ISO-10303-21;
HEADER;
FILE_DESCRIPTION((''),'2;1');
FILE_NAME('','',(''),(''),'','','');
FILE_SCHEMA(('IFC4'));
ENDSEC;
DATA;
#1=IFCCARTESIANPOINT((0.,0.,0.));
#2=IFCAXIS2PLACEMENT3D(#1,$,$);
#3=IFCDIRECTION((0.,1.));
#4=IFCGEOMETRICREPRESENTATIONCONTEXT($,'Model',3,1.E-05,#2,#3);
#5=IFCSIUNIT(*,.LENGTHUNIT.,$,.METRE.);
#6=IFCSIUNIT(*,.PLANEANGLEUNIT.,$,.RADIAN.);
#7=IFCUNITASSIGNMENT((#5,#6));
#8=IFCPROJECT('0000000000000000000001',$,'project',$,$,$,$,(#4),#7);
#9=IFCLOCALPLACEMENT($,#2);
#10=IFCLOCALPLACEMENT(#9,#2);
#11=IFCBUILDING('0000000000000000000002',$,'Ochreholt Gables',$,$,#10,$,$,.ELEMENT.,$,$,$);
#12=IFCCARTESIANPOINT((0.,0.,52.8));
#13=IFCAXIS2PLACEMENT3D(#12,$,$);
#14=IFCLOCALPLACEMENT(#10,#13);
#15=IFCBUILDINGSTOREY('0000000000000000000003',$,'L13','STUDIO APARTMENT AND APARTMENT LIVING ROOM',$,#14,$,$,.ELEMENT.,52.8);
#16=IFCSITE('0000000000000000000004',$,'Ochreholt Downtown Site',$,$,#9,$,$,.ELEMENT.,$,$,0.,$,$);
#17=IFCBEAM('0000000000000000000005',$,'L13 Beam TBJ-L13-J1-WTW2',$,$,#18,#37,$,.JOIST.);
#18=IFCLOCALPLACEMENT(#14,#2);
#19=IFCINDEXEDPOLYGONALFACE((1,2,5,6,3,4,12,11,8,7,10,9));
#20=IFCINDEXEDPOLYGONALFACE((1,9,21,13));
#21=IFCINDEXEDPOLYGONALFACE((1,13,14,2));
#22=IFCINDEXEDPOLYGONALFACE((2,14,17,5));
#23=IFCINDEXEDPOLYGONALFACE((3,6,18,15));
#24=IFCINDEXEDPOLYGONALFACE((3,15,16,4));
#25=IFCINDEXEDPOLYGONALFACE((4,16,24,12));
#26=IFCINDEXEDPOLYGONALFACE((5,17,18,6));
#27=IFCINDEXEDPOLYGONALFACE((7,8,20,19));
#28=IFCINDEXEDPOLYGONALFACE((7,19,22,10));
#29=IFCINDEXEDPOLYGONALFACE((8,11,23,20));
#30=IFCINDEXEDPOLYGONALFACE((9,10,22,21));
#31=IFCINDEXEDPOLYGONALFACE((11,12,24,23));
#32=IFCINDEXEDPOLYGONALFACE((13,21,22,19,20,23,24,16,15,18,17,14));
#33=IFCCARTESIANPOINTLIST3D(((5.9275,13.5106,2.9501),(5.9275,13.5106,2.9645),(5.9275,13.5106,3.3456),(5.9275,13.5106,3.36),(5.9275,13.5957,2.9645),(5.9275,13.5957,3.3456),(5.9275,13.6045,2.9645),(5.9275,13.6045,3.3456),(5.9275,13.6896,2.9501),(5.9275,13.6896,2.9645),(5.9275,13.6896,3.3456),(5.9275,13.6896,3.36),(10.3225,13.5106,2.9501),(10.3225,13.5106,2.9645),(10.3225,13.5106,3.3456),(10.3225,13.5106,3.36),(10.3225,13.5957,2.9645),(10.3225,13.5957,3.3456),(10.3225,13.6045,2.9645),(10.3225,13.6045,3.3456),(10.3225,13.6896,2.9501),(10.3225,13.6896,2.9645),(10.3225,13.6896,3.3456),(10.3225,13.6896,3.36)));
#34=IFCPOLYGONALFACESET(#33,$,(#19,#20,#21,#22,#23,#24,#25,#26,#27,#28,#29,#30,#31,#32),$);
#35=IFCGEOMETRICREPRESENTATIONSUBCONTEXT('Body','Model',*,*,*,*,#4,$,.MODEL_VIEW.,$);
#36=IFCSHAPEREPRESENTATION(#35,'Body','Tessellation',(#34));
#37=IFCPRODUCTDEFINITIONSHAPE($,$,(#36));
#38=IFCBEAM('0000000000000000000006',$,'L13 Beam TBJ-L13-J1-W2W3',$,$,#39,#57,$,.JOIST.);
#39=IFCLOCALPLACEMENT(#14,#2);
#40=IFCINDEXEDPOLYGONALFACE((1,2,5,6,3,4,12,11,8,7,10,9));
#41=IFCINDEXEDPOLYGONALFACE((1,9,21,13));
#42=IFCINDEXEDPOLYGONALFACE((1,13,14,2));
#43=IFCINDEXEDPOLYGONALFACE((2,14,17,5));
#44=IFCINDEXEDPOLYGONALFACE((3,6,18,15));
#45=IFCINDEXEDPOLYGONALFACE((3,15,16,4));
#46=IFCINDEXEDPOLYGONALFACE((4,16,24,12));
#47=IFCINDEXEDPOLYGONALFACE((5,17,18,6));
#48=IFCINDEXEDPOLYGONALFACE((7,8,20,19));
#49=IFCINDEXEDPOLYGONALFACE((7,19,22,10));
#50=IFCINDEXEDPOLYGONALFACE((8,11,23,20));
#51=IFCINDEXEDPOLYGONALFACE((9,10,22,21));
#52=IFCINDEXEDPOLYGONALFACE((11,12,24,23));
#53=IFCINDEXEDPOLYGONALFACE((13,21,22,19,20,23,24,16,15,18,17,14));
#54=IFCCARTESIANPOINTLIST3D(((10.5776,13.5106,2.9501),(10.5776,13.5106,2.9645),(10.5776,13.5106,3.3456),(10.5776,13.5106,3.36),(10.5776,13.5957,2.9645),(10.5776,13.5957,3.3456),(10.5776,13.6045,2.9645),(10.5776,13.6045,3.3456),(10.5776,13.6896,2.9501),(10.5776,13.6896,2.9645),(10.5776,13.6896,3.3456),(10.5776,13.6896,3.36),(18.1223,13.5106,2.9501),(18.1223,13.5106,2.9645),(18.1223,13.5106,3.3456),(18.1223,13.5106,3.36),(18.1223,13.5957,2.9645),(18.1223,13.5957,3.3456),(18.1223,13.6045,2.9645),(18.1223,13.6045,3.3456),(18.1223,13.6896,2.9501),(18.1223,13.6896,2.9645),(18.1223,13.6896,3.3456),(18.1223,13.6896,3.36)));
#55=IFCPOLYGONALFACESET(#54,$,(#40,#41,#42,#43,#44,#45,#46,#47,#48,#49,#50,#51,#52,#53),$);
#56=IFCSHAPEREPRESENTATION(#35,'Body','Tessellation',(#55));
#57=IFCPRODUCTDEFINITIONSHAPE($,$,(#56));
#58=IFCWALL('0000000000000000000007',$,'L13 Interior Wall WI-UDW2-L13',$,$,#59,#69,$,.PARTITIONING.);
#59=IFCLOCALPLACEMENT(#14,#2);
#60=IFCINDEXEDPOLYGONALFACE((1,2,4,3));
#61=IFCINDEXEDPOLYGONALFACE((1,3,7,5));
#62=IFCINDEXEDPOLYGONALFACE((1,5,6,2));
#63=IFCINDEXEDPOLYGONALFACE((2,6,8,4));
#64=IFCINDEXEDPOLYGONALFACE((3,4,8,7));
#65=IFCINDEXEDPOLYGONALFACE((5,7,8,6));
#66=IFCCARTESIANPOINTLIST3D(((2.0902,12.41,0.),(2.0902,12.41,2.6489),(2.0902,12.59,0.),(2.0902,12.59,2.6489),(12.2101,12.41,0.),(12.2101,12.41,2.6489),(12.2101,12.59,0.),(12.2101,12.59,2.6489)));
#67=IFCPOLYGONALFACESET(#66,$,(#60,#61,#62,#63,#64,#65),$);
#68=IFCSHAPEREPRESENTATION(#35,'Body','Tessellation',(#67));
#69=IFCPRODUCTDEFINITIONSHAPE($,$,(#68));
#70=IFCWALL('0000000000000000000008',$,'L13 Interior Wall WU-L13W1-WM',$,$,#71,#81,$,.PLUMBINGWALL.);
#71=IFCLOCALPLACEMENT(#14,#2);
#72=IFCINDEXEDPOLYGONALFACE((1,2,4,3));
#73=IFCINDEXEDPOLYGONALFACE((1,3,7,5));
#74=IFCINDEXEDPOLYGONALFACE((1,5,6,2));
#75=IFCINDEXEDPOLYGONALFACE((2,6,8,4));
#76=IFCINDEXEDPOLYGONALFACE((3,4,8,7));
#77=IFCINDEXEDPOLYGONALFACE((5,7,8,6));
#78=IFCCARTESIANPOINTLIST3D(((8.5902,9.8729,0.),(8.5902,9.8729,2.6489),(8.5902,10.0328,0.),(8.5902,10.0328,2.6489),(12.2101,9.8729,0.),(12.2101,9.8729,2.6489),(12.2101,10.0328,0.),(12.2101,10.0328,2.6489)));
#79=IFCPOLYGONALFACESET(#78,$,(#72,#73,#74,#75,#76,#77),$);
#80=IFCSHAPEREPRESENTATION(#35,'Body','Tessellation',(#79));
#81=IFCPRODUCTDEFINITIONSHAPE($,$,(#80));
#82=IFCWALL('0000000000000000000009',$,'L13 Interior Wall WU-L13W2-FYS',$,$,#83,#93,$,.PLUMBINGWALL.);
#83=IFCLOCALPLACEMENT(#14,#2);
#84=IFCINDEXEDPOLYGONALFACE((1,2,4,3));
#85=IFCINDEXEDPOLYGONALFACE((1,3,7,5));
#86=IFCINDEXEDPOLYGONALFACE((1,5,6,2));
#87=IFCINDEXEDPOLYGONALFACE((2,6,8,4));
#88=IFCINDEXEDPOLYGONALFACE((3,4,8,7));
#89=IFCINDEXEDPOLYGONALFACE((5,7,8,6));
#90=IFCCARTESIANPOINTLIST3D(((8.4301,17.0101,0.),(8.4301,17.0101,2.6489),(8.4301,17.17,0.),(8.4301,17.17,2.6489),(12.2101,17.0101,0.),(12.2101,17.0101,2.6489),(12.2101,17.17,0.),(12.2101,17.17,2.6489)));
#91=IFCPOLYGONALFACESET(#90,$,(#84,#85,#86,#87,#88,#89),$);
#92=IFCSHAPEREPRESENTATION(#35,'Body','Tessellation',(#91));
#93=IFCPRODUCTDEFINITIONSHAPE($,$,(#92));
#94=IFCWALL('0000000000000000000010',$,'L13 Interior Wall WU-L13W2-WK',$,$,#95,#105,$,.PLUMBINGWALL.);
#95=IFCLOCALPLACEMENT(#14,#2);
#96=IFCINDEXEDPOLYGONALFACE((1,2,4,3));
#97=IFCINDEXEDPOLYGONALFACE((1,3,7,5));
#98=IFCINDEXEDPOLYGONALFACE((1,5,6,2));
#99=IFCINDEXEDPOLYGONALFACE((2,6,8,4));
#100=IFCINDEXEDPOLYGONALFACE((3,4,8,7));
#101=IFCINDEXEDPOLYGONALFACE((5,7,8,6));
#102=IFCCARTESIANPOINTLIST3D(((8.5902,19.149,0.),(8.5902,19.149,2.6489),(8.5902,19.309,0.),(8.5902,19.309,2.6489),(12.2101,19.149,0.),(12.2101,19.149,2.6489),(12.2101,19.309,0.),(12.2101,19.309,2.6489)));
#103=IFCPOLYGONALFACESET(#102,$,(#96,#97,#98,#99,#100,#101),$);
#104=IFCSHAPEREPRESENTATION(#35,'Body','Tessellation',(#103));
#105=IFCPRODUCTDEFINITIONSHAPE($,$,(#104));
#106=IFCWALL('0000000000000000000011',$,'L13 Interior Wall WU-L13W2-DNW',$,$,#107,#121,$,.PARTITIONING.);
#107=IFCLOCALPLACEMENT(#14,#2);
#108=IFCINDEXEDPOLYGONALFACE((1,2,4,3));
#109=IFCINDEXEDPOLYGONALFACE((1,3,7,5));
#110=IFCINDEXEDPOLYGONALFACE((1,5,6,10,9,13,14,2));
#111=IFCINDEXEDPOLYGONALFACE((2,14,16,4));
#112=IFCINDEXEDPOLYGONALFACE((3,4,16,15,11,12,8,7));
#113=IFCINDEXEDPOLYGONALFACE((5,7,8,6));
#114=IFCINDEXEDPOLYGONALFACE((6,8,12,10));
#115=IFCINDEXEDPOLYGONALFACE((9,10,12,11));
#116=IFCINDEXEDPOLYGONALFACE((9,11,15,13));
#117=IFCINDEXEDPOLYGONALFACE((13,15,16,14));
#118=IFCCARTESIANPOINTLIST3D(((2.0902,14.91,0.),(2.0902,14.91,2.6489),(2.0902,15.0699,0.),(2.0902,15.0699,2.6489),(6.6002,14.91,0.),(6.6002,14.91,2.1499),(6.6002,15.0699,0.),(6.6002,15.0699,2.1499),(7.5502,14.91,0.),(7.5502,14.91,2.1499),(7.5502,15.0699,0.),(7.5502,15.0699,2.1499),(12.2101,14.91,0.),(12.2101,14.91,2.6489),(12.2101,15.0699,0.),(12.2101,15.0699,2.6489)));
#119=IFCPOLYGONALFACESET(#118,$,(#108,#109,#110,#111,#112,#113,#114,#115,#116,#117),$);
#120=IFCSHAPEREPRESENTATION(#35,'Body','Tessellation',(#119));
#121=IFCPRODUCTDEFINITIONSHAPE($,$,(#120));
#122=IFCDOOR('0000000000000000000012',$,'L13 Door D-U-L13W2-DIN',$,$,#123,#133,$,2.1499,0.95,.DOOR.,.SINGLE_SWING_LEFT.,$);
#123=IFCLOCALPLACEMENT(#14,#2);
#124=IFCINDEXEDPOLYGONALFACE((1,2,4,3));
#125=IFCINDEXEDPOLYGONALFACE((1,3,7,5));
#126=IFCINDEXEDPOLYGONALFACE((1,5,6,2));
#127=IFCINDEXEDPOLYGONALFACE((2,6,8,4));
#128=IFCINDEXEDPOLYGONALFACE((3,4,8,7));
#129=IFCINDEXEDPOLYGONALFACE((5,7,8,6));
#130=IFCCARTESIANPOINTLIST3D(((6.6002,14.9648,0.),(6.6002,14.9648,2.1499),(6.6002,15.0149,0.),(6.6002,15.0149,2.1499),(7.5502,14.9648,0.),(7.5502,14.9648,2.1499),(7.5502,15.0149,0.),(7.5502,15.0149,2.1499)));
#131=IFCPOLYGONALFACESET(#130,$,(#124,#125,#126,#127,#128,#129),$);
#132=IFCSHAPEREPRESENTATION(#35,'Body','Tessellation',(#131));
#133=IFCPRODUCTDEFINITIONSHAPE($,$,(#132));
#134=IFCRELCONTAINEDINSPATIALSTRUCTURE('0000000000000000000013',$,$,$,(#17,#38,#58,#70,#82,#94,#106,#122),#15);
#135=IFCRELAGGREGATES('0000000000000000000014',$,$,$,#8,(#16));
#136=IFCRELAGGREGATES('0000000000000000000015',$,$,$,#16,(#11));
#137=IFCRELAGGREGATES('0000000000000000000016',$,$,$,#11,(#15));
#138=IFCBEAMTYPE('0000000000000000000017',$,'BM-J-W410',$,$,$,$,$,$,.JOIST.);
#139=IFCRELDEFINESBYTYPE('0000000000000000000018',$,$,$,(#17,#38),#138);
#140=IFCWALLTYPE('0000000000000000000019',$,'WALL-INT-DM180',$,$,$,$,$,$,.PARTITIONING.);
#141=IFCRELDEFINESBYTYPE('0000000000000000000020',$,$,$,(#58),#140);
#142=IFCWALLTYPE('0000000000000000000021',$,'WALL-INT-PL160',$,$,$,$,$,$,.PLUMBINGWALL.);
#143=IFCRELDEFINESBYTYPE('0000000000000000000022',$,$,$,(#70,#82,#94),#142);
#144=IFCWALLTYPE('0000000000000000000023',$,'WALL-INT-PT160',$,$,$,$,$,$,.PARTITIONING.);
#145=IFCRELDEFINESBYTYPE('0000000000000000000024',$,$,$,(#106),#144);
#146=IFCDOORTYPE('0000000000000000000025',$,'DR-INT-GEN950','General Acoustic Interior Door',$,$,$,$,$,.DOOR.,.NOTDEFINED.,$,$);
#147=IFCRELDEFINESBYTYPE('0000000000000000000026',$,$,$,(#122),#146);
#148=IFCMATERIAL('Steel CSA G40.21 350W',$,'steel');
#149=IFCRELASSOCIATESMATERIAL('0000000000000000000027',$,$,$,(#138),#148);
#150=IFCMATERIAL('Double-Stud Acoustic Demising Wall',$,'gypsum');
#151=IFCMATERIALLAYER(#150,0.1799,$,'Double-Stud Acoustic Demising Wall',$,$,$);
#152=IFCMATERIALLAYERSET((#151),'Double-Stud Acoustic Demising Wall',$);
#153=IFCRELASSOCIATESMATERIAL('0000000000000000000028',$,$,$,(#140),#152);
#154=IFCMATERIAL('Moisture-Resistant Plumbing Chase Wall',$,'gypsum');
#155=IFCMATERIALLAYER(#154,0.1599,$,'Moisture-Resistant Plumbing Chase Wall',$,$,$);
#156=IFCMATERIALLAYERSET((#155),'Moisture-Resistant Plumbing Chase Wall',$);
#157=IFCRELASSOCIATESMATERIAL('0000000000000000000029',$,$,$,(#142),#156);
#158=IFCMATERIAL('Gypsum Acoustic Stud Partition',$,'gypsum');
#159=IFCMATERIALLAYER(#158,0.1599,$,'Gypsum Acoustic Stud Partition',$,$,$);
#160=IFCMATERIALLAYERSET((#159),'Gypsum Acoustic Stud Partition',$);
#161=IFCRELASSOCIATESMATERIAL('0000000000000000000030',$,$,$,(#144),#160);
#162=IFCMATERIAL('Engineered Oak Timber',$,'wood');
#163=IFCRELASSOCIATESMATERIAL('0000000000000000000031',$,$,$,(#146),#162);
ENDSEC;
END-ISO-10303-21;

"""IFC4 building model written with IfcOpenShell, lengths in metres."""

from ifc_helpers import new_model, si_unit, direction, frame, frame_2d, origin, origin_2d, place, context, subcontext, project, spatial, rectangle, i_section, extrude, material, layer, layer_set, material_profile, profile_set, type_object, element, fill, save


model = new_model("IFC4")

# Units and contexts
model_context = context("Model", 3, precision=1e-05, world=origin(), true_north=direction((0.0, 1.0)))
body_context = subcontext(model_context, "Body", "Model", "MODEL_VIEW")
ifc_project = project(units=[si_unit("LENGTHUNIT", "METRE"), si_unit("PLANEANGLEUNIT", "RADIAN")], contexts=[model_context])

# Site, building, storey
site_placement = place(None, origin())
site = spatial("IfcSite", under=ifc_project, at=site_placement, Name="Ochreholt Downtown Site", CompositionType="ELEMENT", RefElevation=0.0)
building_placement = place(site_placement, origin())
building = spatial("IfcBuilding", under=site, at=building_placement, Name="Ochreholt Gables", CompositionType="ELEMENT")
storey_placement = place(building_placement, frame((0.0, 0.0, 52.8)))
storey = spatial("IfcBuildingStorey", under=building, at=storey_placement, Name="L13", Description="STUDIO APARTMENT AND APARTMENT LIVING ROOM", CompositionType="ELEMENT", Elevation=52.8)

# Shared definitions
ifc_material_1 = material(Name="Steel CSA G40.21 350W", Category="steel")

# Beams
ifc_material_profile_1 = material_profile(ifc_material_1, i_section(OverallWidth=0.179, OverallDepth=0.4099, WebThickness=0.0088, FlangeThickness=0.0144, at=origin_2d()), Name="W410X67")
ifc_profile_set_1 = profile_set([ifc_material_profile_1], Name="Steel CSA G40.21 350W")
beam_type_1 = type_object("IfcBeamType", Name="BM-J-W410", PredefinedType="JOIST", material=ifc_profile_set_1)
beam_1_placement = place(storey_placement, frame((5.9275, 13.6001, 3.155), z_axis=(1.0, 0.0, 0.0), x_axis=(0.0, 1.0, 0.0)))
element("IfcBeam", 1, at=beam_1_placement, inside=storey, type_object=beam_type_1, Name="L13 Beam TBJ-L13-J1-WTW2", PredefinedType="JOIST", context=body_context, shape_type="SweptSolid", body=[
    extrude(i_section(OverallWidth=0.179, OverallDepth=0.4099, WebThickness=0.0088, FlangeThickness=0.0144, at=origin_2d()), origin(), (0.0, 0.0, 1.0), 4.395),
])
beam_2_placement = place(storey_placement, frame((10.5776, 13.6001, 3.155), z_axis=(1.0, 0.0, 0.0), x_axis=(0.0, 1.0, 0.0)))
element("IfcBeam", 2, at=beam_2_placement, inside=storey, type_object=beam_type_1, Name="L13 Beam TBJ-L13-J1-W2W3", PredefinedType="JOIST", context=body_context, shape_type="SweptSolid", body=[
    extrude(i_section(OverallWidth=0.179, OverallDepth=0.4099, WebThickness=0.0088, FlangeThickness=0.0144, at=origin_2d()), origin(), (0.0, 0.0, 1.0), 7.5447),
])

# Walls
ifc_material_2 = material(Name="Double-Stud Acoustic Demising Wall", Category="gypsum")
ifc_layer_1 = layer(ifc_material_2, 0.1799, Name="Double-Stud Acoustic Demising Wall")
ifc_layer_set_1 = layer_set([ifc_layer_1], Name="Double-Stud Acoustic Demising Wall")
wall_type_1 = type_object("IfcWallType", Name="WALL-INT-DM180", PredefinedType="PARTITIONING", material=ifc_layer_set_1)
wall_1_placement = place(storey_placement, frame((2.0901, 12.5, 0.0), z_axis=(0.0, 0.0, 1.0), x_axis=(1.0, 0.0, 0.0)))
element("IfcWall", 3, at=wall_1_placement, inside=storey, type_object=wall_type_1, Name="L13 Interior Wall WI-UDW2-L13", PredefinedType="PARTITIONING", context=body_context, shape_type="SweptSolid", body=[
    extrude(rectangle(XDim=10.1199, YDim=0.1799, at=frame_2d((5.0601, 0.0))), origin(), (0.0, 0.0, 1.0), 2.6489),
])
ifc_material_3 = material(Name="Moisture-Resistant Plumbing Chase Wall", Category="gypsum")
ifc_layer_2 = layer(ifc_material_3, 0.1599, Name="Moisture-Resistant Plumbing Chase Wall")
ifc_layer_set_2 = layer_set([ifc_layer_2], Name="Moisture-Resistant Plumbing Chase Wall")
wall_type_2 = type_object("IfcWallType", Name="WALL-INT-PL160", PredefinedType="PLUMBINGWALL", material=ifc_layer_set_2)
wall_2_placement = place(storey_placement, frame((8.5901, 9.9529, 0.0), z_axis=(0.0, 0.0, 1.0), x_axis=(1.0, 0.0, 0.0)))
element("IfcWall", 4, at=wall_2_placement, inside=storey, type_object=wall_type_2, Name="L13 Interior Wall WU-L13W1-WM", PredefinedType="PLUMBINGWALL", context=body_context, shape_type="SweptSolid", body=[
    extrude(rectangle(XDim=3.6199, YDim=0.1599, at=frame_2d((1.8101, 0.0))), origin(), (0.0, 0.0, 1.0), 2.6489),
])
wall_3_placement = place(storey_placement, frame((8.4299, 17.0901, 0.0), z_axis=(0.0, 0.0, 1.0), x_axis=(1.0, 0.0, 0.0)))
element("IfcWall", 5, at=wall_3_placement, inside=storey, type_object=wall_type_2, Name="L13 Interior Wall WU-L13W2-FYS", PredefinedType="PLUMBINGWALL", context=body_context, shape_type="SweptSolid", body=[
    extrude(rectangle(XDim=3.78, YDim=0.1599, at=frame_2d((1.8901, 0.0))), origin(), (0.0, 0.0, 1.0), 2.6489),
])

# Shared definitions
ifc_material_4 = material(Name="Engineered Oak Timber", Category="wood")

# Wall
wall_4_placement = place(storey_placement, frame((8.5901, 19.229, 0.0), z_axis=(0.0, 0.0, 1.0), x_axis=(1.0, 0.0, 0.0)))
element("IfcWall", 6, at=wall_4_placement, inside=storey, type_object=wall_type_2, Name="L13 Interior Wall WU-L13W2-WK", PredefinedType="PLUMBINGWALL", context=body_context, shape_type="SweptSolid", body=[
    extrude(rectangle(XDim=3.6199, YDim=0.1599, at=frame_2d((1.8101, 0.0))), origin(), (0.0, 0.0, 1.0), 2.6489),
])

# Wall, opening, door
ifc_material_5 = material(Name="Gypsum Acoustic Stud Partition", Category="gypsum")
ifc_layer_3 = layer(ifc_material_5, 0.1599, Name="Gypsum Acoustic Stud Partition")
ifc_layer_set_3 = layer_set([ifc_layer_3], Name="Gypsum Acoustic Stud Partition")
wall_type_3 = type_object("IfcWallType", Name="WALL-INT-PT160", PredefinedType="PARTITIONING", material=ifc_layer_set_3)
wall_5_placement = place(storey_placement, frame((2.0901, 14.99, 0.0), z_axis=(0.0, 0.0, 1.0), x_axis=(1.0, 0.0, 0.0)))
wall_5 = element("IfcWall", 7, at=wall_5_placement, inside=storey, type_object=wall_type_3, Name="L13 Interior Wall WU-L13W2-DNW", PredefinedType="PARTITIONING", context=body_context, shape_type="SweptSolid", body=[
    extrude(rectangle(XDim=10.1199, YDim=0.1599, at=frame_2d((5.0601, 0.0))), origin(), (0.0, 0.0, 1.0), 2.6489),
])
opening_1_placement = place(wall_5_placement, frame((4.51, 0.0, 0.0)))
opening_1 = element("IfcOpeningElement", 8, at=opening_1_placement, cuts=wall_5, PredefinedType="OPENING", context=body_context, shape_type="SweptSolid", body=[
    extrude(rectangle(XDim=0.95, YDim=2.1499, at=frame_2d((0.4751, 1.075))), frame((0.0, 0.0898, 0.0), z_axis=(0.0, -1.0, 0.0), x_axis=(1.0, 0.0, 0.0)), (0.0, 0.0, 1.0), 0.1799),
])
door_type_1 = type_object("IfcDoorType", Name="DR-INT-GEN950", Description="General Acoustic Interior Door", OperationType="NOTDEFINED", PredefinedType="DOOR", material=ifc_material_4)
door_1_placement = place(opening_1_placement, origin())
door_1 = element("IfcDoor", 9, at=door_1_placement, inside=storey, type_object=door_type_1, Name="L13 Door D-U-L13W2-DIN", OperationType="SINGLE_SWING_LEFT", OverallHeight=2.1499, OverallWidth=0.95, PredefinedType="DOOR", context=body_context, shape_type="SweptSolid", body=[
    extrude(rectangle(XDim=0.95, YDim=2.1499, at=frame_2d((0.4751, 1.075))), frame((0.0, 0.0249, 0.0), z_axis=(0.0, -1.0, 0.0), x_axis=(1.0, 0.0, 0.0)), (0.0, 0.0, 1.0), 0.05),
])
fill(opening_1, door_1)

save(model, "model.ifc")
